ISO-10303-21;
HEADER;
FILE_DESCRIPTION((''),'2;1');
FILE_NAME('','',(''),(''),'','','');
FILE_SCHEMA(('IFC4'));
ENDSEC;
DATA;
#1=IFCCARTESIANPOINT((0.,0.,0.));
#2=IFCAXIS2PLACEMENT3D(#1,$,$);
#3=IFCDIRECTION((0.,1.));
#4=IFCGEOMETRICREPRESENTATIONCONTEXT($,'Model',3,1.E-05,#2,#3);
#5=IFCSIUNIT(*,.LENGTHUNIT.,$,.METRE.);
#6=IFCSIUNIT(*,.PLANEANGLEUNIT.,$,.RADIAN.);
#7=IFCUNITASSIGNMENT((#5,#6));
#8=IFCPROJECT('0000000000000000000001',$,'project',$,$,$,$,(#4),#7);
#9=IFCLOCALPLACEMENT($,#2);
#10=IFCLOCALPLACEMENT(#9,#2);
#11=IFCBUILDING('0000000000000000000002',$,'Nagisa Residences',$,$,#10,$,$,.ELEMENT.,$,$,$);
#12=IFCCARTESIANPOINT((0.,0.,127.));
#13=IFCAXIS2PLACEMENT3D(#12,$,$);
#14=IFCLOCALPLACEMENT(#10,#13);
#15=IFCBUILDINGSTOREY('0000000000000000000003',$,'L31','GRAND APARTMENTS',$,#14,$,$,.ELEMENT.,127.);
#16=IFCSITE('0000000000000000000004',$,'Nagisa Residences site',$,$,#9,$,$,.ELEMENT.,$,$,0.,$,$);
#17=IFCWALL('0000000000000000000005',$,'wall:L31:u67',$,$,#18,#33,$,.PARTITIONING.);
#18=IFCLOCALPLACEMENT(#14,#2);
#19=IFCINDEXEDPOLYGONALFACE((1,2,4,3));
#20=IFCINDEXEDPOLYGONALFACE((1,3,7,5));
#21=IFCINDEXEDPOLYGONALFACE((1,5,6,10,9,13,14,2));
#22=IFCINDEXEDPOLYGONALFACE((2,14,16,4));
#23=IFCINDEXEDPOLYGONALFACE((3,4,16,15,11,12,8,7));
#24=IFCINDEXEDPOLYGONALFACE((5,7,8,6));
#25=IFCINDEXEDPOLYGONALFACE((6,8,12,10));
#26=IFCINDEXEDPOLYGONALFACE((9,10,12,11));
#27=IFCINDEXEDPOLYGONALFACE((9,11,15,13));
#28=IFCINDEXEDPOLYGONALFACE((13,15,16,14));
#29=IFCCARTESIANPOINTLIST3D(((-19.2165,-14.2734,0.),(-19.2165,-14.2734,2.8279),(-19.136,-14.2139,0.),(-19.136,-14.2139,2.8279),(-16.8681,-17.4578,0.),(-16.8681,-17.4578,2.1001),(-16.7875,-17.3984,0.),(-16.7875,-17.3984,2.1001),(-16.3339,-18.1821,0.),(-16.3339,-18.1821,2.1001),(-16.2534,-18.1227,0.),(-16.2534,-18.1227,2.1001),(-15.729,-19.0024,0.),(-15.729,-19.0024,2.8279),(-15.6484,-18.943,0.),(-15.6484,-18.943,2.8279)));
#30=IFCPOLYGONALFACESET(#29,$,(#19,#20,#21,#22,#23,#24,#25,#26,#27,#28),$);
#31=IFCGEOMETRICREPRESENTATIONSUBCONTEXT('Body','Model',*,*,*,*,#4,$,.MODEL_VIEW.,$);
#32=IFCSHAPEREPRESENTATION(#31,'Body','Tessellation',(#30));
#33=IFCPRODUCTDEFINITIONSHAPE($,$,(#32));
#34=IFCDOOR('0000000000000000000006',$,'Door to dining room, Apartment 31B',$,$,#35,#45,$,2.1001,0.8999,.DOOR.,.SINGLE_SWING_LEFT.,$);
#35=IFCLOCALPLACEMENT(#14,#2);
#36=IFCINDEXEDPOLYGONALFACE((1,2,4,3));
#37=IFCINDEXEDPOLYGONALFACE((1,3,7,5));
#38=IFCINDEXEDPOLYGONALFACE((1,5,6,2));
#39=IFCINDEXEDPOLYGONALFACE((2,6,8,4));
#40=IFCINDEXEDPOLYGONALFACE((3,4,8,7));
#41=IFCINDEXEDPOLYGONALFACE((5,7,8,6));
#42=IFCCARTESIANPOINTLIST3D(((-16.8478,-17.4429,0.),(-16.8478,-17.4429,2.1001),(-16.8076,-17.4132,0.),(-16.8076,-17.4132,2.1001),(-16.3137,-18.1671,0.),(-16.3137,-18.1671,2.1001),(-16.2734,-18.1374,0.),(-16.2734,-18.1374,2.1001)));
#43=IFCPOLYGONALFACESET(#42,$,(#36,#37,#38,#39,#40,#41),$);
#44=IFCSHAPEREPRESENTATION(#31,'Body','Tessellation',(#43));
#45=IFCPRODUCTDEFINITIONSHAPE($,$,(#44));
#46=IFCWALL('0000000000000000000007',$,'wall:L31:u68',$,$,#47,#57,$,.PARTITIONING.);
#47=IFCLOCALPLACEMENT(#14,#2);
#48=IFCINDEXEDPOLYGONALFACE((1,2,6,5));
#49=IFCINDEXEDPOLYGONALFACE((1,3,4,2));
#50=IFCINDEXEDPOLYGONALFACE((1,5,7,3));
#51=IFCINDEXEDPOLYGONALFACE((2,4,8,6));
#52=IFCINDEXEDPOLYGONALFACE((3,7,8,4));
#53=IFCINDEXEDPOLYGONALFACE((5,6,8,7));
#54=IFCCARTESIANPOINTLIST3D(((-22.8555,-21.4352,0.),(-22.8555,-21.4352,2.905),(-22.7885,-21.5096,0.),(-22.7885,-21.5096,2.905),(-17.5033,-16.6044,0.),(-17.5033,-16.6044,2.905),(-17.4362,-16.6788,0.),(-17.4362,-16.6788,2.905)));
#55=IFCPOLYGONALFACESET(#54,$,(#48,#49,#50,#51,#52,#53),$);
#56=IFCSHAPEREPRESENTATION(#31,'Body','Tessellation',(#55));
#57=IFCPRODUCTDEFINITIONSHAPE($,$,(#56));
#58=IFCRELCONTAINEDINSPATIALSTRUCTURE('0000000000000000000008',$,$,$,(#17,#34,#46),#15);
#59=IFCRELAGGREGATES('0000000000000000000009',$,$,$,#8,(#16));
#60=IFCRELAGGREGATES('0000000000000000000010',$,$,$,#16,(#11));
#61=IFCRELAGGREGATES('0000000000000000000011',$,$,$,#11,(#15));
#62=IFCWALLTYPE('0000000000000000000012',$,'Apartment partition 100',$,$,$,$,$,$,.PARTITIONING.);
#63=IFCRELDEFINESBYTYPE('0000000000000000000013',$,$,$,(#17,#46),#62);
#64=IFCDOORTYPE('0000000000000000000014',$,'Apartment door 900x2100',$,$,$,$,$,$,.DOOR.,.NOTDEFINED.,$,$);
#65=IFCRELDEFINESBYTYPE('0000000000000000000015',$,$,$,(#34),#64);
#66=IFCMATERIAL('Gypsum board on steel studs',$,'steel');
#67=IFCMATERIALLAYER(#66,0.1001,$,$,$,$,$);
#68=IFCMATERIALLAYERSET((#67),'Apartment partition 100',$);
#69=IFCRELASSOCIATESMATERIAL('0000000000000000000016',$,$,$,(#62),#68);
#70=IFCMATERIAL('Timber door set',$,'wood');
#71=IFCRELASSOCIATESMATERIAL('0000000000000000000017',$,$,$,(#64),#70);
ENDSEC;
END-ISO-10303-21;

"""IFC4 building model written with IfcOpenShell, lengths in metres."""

from ifc_helpers import new_model, si_unit, direction, frame, frame_2d, origin, place, context, subcontext, project, spatial, rectangle, extrude, material, layer, layer_set, type_object, element, fill, save


model = new_model("IFC4")

# Units and contexts
model_context = context("Model", 3, precision=1e-05, world=origin(), true_north=direction((0.0, 1.0)))
body_context = subcontext(model_context, "Body", "Model", "MODEL_VIEW")
ifc_project = project(units=[si_unit("LENGTHUNIT", "METRE"), si_unit("PLANEANGLEUNIT", "RADIAN")], contexts=[model_context])

# Site, building, storey
site_placement = place(None, origin())
site = spatial("IfcSite", under=ifc_project, at=site_placement, Name="Nagisa Residences site", CompositionType="ELEMENT", RefElevation=0.0)
building_placement = place(site_placement, origin())
building = spatial("IfcBuilding", under=site, at=building_placement, Name="Nagisa Residences", CompositionType="ELEMENT")
storey_placement = place(building_placement, frame((0.0, 0.0, 127.0)))
storey = spatial("IfcBuildingStorey", under=building, at=storey_placement, Name="L31", Description="GRAND APARTMENTS", CompositionType="ELEMENT", Elevation=127.0)

# Shared definitions
ifc_material_1 = material(Name="Gypsum board on steel studs", Category="steel")
ifc_layer_1 = layer(ifc_material_1, 0.1001)
ifc_layer_set_1 = layer_set([ifc_layer_1], Name="Apartment partition 100")
wall_type_1 = type_object("IfcWallType", Name="Apartment partition 100", PredefinedType="PARTITIONING", material=ifc_layer_set_1)
ifc_material_2 = material(Name="Timber door set", Category="wood")
door_type_1 = type_object("IfcDoorType", Name="Apartment door 900x2100", OperationType="NOTDEFINED", PredefinedType="DOOR", material=ifc_material_2)

# Wall, opening, door
wall_1_placement = place(storey_placement, frame((-19.1763, -14.2437, 0.0), z_axis=(0.0, 0.0, 1.0), x_axis=(0.593532, -0.80481, 0.0)))
wall_1 = element("IfcWall", 1, at=wall_1_placement, inside=storey, type_object=wall_type_1, Name="wall:L31:u67", PredefinedType="PARTITIONING", context=body_context, shape_type="SweptSolid", body=[
    extrude(rectangle(XDim=5.876, YDim=0.1001, at=frame_2d((2.938, 0.0))), origin(), (0.0, 0.0, 1.0), 2.8279),
])
opening_1_placement = place(wall_1_placement, frame((3.9568, 0.0, 0.0)))
opening_1 = element("IfcOpeningElement", 2, at=opening_1_placement, cuts=wall_1, PredefinedType="OPENING", context=body_context, shape_type="SweptSolid", body=[
    extrude(rectangle(XDim=0.8999, YDim=2.1001, at=frame_2d((0.45, 1.05))), frame((0.0, 0.0601, 0.0), z_axis=(0.0, -1.0, 0.0), x_axis=(1.0, 0.0, 0.0)), (0.0, 0.0, 1.0), 0.1201),
])
door_1_placement = place(opening_1_placement, frame((0.8999, 0.0, 0.0), x_axis=(-1.0, 0.0, 0.0)))
door_1 = element("IfcDoor", 3, at=door_1_placement, inside=storey, type_object=door_type_1, Name="Door to dining room, Apartment 31B", OperationType="SINGLE_SWING_LEFT", OverallHeight=2.1001, OverallWidth=0.8999, PredefinedType="DOOR", context=body_context, shape_type="SweptSolid", body=[
    extrude(rectangle(XDim=0.8999, YDim=2.1001, at=frame_2d((0.45, 1.05))), frame((0.0, 0.0249, 0.0), z_axis=(0.0, -1.0, 0.0), x_axis=(1.0, 0.0, 0.0)), (0.0, 0.0, 1.0), 0.05),
])
fill(opening_1, door_1)

# Wall
wall_2_placement = place(storey_placement, frame((-17.4697, -16.6416, 0.0), z_axis=(0.0, 0.0, 1.0), x_axis=(-0.742345, -0.670017, 0.0)))
element("IfcWall", 4, at=wall_2_placement, inside=storey, type_object=wall_type_1, Name="wall:L31:u68", PredefinedType="PARTITIONING", context=body_context, shape_type="SweptSolid", body=[
    extrude(rectangle(XDim=7.21, YDim=0.1001, at=frame_2d((3.605, 0.0))), origin(), (0.0, 0.0, 1.0), 2.905),
])

save(model, "model.ifc")
